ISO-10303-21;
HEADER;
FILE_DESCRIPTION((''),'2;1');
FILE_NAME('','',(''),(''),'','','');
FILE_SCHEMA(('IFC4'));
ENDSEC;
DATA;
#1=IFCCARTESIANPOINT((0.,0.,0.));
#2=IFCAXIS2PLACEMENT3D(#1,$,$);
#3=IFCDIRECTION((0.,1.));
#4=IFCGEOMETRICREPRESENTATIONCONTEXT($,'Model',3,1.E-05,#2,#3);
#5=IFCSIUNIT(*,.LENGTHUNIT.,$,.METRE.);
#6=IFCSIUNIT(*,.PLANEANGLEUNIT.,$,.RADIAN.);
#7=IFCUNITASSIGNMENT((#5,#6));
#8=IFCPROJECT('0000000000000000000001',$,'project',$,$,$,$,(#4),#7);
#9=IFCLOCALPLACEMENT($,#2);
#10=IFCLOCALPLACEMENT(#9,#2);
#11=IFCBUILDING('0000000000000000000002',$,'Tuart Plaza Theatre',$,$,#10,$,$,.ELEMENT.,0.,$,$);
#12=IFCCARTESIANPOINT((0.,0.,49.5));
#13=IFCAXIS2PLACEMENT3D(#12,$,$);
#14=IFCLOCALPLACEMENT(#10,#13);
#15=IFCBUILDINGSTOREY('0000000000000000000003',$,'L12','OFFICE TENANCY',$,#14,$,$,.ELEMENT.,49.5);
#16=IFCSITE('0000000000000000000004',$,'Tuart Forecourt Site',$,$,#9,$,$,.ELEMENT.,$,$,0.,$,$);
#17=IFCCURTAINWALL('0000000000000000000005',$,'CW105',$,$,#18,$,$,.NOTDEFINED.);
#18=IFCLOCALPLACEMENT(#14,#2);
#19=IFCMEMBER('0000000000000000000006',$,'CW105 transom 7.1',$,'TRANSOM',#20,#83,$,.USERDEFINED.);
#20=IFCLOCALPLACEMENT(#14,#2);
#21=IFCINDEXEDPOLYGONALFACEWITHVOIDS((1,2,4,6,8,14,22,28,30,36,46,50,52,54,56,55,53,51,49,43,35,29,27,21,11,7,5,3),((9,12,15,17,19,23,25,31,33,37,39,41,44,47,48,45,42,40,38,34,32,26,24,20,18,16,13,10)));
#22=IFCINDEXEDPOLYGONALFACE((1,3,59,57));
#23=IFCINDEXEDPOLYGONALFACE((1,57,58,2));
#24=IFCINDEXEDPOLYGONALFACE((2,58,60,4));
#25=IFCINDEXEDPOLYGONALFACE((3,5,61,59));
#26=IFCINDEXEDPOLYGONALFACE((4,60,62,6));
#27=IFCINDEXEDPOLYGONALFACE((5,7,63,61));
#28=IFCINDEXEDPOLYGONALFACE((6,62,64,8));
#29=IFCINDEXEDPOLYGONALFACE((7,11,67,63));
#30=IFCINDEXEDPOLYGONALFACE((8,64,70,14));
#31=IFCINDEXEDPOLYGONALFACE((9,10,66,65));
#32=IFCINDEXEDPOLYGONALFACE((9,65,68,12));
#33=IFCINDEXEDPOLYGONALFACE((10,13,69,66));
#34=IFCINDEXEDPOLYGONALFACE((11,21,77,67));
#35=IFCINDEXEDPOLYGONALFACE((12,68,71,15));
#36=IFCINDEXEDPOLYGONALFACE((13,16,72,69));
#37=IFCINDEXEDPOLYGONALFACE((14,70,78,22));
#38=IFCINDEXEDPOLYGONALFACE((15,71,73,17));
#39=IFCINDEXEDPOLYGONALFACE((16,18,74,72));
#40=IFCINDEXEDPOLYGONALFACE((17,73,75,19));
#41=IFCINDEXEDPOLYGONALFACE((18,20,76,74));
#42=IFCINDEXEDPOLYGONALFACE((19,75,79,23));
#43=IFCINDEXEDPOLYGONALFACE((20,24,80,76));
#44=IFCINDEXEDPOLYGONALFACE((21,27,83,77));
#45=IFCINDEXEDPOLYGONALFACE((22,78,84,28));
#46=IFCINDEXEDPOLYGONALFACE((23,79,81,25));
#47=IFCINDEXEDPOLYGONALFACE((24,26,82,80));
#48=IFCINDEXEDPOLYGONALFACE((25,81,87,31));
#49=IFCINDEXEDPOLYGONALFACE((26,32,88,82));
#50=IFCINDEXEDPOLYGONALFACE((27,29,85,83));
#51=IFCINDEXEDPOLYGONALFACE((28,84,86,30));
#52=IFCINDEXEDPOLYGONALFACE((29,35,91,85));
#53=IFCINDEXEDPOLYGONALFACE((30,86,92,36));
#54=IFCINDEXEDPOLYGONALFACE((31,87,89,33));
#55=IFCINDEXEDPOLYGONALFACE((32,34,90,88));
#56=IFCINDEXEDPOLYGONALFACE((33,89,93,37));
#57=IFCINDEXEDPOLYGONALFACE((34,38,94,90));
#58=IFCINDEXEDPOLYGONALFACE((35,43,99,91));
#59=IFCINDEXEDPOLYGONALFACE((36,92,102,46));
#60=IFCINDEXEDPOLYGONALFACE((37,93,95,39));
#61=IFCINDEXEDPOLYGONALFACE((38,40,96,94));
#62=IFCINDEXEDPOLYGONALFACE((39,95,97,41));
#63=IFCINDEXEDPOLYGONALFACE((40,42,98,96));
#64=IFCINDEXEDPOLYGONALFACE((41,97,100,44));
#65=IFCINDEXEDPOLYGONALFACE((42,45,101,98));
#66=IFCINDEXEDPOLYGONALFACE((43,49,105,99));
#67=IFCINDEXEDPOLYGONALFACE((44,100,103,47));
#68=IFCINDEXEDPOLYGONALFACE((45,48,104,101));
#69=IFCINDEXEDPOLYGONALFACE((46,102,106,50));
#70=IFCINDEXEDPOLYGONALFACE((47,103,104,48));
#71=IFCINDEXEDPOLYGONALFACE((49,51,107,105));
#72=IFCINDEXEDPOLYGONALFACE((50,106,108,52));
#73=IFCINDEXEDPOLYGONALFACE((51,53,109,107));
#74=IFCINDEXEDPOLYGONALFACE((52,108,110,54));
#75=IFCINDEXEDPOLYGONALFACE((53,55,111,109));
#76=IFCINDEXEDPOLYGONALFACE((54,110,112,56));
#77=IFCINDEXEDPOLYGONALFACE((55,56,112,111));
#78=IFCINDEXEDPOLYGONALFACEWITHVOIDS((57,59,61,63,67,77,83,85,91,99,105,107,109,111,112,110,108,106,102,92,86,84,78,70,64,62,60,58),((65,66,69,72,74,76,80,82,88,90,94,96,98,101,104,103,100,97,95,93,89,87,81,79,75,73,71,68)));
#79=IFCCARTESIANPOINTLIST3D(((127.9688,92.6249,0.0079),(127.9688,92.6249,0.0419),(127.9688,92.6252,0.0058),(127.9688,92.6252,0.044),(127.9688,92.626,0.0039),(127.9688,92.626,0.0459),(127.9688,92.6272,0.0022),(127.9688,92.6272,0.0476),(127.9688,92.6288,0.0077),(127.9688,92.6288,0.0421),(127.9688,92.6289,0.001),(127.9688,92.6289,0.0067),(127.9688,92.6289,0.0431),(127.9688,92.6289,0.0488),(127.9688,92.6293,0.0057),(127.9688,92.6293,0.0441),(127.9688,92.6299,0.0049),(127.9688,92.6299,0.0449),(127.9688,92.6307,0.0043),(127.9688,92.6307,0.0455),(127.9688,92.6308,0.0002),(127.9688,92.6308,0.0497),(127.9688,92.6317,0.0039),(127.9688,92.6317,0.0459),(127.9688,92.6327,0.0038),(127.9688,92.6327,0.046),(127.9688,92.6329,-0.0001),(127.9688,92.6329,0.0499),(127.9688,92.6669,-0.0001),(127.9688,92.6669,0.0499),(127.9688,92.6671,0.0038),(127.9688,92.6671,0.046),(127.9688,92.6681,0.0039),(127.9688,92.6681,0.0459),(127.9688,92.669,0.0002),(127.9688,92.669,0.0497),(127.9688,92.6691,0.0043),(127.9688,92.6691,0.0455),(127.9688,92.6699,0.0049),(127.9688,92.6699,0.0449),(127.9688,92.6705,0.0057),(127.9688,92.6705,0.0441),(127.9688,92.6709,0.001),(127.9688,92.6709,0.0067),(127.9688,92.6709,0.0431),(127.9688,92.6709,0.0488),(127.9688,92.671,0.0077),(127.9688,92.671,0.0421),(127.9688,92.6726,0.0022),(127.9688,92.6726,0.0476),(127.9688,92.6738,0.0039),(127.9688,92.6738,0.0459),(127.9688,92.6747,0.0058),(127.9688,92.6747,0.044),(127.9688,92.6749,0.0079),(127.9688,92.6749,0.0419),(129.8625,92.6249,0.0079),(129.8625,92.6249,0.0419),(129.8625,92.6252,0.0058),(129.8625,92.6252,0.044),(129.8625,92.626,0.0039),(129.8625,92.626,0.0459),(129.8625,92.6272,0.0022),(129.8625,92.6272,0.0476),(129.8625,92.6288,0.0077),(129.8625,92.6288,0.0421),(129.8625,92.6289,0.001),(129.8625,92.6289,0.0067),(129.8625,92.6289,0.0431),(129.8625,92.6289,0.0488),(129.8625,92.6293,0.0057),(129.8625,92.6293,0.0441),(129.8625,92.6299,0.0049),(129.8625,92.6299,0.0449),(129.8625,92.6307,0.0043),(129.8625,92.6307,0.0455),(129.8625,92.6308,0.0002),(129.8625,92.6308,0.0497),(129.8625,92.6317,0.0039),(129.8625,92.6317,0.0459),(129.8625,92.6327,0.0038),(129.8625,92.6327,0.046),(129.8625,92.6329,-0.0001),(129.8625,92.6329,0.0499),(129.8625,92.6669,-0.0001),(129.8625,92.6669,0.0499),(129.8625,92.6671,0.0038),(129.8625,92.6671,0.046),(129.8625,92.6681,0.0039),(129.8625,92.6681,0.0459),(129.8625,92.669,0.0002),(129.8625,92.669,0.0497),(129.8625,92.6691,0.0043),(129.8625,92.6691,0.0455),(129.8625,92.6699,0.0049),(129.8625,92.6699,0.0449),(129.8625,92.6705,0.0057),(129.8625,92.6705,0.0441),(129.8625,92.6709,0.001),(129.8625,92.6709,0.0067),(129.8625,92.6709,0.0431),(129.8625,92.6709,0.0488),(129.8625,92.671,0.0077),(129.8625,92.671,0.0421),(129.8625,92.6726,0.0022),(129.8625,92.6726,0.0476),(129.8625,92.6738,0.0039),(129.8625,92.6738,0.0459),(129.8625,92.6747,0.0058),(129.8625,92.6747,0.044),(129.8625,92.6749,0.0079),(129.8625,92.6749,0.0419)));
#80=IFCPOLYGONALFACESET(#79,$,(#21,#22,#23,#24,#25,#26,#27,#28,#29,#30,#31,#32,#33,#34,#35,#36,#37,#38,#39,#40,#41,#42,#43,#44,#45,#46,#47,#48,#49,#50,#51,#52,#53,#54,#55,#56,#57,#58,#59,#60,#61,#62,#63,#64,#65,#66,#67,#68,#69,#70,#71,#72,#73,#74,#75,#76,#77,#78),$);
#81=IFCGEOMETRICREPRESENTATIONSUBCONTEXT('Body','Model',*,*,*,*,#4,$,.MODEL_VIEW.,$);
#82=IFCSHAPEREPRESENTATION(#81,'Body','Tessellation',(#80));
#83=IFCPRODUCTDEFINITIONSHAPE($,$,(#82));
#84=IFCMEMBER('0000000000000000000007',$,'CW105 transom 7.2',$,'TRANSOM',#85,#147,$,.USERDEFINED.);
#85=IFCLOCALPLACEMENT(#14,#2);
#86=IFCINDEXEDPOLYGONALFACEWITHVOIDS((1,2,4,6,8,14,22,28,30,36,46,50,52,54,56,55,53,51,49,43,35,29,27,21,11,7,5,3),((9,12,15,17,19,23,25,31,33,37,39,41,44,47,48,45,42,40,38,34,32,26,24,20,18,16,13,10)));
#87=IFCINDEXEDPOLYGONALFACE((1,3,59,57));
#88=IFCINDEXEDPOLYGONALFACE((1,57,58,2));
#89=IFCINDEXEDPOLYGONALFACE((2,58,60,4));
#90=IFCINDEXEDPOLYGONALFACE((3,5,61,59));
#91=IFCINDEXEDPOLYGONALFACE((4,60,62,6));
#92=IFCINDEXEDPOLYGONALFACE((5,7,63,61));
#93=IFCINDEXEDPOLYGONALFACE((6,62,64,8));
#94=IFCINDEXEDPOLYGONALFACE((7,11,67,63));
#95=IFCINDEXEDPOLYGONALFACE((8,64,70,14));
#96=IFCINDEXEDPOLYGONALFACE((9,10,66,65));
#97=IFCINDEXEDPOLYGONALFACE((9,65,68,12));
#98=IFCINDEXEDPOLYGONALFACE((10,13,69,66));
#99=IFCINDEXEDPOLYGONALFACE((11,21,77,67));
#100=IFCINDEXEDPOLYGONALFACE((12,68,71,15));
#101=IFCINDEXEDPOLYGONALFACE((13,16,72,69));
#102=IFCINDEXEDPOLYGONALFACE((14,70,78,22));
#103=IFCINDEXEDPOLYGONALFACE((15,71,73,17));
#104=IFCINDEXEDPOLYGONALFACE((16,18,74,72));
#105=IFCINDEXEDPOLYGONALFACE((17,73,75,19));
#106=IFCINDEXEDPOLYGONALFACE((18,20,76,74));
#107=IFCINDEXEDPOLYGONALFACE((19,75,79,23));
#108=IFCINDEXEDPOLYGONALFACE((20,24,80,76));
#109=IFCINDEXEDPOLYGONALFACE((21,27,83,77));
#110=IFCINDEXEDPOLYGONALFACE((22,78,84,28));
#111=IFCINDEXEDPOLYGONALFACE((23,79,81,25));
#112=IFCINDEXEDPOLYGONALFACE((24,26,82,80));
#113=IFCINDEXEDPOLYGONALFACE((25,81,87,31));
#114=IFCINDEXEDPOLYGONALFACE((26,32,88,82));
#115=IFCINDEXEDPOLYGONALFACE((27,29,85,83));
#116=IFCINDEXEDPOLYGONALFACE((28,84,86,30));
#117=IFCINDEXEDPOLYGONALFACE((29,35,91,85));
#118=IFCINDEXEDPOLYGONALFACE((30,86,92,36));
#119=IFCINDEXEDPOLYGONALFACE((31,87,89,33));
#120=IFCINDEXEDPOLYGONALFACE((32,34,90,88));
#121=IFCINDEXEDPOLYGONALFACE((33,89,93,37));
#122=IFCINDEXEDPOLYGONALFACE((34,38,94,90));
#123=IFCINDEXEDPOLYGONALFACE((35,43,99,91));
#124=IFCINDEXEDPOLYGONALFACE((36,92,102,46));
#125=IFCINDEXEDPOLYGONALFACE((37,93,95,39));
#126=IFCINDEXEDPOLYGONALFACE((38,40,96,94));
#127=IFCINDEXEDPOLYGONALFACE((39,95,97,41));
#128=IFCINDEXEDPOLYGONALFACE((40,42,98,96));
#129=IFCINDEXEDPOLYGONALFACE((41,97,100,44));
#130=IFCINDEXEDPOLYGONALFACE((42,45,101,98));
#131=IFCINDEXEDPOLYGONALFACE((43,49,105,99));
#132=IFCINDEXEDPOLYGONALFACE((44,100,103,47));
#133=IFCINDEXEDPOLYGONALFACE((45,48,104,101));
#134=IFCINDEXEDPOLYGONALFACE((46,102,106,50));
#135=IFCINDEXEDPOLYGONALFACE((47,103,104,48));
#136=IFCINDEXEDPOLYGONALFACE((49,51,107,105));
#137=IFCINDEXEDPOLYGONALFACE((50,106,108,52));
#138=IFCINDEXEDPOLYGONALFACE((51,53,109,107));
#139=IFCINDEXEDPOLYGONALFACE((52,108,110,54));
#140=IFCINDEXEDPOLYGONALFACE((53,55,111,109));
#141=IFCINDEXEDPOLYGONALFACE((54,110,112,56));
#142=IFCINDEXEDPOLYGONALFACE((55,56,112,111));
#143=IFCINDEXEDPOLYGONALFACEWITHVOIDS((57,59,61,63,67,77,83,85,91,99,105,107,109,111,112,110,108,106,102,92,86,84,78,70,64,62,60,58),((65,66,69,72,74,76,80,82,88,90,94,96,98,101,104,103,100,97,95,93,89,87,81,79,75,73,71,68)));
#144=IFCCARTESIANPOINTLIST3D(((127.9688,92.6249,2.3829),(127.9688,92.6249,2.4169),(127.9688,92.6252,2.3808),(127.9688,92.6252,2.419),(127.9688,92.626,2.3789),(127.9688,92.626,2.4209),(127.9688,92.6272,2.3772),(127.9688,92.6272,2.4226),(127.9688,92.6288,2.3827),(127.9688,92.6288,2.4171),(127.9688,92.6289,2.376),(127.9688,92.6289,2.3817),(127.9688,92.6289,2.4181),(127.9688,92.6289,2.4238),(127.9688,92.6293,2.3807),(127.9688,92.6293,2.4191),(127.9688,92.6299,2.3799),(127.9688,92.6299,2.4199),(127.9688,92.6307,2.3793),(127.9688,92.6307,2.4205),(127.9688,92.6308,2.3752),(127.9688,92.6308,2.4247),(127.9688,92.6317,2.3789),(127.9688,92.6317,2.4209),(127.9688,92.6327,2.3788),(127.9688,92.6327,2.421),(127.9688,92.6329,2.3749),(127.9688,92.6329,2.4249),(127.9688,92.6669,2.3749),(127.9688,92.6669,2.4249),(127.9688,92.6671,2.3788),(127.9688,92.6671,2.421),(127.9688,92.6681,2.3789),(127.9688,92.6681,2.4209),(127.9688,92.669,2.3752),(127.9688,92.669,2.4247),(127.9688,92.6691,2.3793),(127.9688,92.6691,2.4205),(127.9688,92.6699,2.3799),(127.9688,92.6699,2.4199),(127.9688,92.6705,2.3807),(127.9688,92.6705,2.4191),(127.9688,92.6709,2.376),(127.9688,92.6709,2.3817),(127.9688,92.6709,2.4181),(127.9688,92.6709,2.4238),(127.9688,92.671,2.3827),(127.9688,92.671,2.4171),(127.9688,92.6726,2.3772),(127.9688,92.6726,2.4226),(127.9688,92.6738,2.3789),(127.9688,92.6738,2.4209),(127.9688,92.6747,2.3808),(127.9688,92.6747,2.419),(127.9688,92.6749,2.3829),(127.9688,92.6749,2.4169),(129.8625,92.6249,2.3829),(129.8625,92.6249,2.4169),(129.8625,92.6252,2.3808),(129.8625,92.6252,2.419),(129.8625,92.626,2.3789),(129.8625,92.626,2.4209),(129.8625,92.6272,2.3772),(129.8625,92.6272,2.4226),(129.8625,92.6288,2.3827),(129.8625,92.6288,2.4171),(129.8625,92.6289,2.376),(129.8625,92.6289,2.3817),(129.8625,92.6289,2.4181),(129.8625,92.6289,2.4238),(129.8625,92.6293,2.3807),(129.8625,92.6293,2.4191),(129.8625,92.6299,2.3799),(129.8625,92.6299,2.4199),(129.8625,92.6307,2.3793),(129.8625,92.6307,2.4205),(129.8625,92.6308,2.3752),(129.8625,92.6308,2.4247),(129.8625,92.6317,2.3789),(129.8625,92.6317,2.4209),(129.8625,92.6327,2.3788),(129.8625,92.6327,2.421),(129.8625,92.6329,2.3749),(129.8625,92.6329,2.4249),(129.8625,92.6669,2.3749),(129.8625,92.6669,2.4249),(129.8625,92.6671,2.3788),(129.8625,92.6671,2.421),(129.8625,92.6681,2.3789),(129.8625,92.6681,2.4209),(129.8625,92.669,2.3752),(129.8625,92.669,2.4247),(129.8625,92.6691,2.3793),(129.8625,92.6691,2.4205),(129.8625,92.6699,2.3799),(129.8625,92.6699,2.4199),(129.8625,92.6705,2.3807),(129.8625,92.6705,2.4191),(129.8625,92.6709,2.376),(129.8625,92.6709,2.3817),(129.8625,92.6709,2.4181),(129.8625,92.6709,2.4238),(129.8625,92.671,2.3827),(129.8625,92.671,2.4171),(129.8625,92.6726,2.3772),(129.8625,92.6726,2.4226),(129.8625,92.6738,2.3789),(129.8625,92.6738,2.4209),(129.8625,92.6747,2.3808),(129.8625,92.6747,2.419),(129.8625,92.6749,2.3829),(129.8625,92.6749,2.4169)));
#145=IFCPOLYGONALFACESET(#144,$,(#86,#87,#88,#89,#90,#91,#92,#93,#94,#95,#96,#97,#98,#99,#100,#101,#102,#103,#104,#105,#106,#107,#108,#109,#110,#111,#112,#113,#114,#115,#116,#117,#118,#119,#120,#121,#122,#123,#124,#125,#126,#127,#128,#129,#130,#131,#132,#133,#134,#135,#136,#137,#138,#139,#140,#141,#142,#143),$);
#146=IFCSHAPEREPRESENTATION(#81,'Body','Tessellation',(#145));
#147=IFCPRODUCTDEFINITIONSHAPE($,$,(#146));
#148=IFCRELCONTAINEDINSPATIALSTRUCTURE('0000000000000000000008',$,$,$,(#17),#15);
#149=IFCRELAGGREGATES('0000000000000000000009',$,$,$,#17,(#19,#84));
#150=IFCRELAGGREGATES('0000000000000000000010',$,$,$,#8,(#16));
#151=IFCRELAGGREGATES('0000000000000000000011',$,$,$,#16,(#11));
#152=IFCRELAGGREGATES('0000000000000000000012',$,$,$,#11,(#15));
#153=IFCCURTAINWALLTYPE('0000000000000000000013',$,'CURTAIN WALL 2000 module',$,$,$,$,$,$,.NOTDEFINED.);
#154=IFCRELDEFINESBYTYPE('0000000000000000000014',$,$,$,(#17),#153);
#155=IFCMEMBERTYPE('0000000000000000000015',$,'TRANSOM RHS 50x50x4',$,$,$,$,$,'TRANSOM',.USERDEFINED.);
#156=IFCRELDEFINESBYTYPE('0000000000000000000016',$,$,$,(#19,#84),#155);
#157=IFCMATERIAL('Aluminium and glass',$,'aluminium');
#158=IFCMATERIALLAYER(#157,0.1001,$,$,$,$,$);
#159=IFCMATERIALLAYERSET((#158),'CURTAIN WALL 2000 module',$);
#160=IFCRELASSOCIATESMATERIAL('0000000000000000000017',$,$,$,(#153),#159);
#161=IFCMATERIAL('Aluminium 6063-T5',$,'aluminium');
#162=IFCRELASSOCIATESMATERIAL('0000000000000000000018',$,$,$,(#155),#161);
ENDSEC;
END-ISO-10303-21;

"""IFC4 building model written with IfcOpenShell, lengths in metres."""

from ifc_helpers import new_model, si_unit, direction, frame, origin, origin_2d, place, context, subcontext, project, spatial, hollow_rectangle, extrude, material, layer, layer_set, material_profile, profile_set, type_object, element, aggregate, save


model = new_model("IFC4")

# Units and contexts
model_context = context("Model", 3, precision=1e-05, world=origin(), true_north=direction((0.0, 1.0)))
body_context = subcontext(model_context, "Body", "Model", "MODEL_VIEW")
ifc_project = project(units=[si_unit("LENGTHUNIT", "METRE"), si_unit("PLANEANGLEUNIT", "RADIAN")], contexts=[model_context])

# Site, building, storey
site_placement = place(None, origin())
site = spatial("IfcSite", under=ifc_project, at=site_placement, Name="Tuart Forecourt Site", CompositionType="ELEMENT", RefElevation=0.0)
building_placement = place(site_placement, origin())
building = spatial("IfcBuilding", under=site, at=building_placement, Name="Tuart Plaza Theatre", CompositionType="ELEMENT", ElevationOfRefHeight=0.0)
storey_placement = place(building_placement, frame((0.0, 0.0, 49.5)))
storey = spatial("IfcBuildingStorey", under=building, at=storey_placement, Name="L12", Description="OFFICE TENANCY", CompositionType="ELEMENT", Elevation=49.5)

# Curtain wall, members
ifc_material_1 = material(Name="Aluminium and glass", Category="aluminium")
ifc_layer_1 = layer(ifc_material_1, 0.1001)
ifc_layer_set_1 = layer_set([ifc_layer_1], Name="CURTAIN WALL 2000 module")
curtain_wall_type = type_object("IfcCurtainWallType", Name="CURTAIN WALL 2000 module", PredefinedType="NOTDEFINED", material=ifc_layer_set_1)
curtain_wall_placement = place(storey_placement, origin())
curtain_wall = element("IfcCurtainWall", 1, at=curtain_wall_placement, inside=storey, type_object=curtain_wall_type, Name="CW105", PredefinedType="NOTDEFINED")
ifc_material_2 = material(Name="Aluminium 6063-T5", Category="aluminium")
ifc_material_profile_1 = material_profile(ifc_material_2, hollow_rectangle(XDim=0.05, YDim=0.05, WallThickness=0.0039, InnerFilletRadius=0.0039, OuterFilletRadius=0.0081, at=origin_2d()), Name="RHS 50x50x4")
ifc_profile_set_1 = profile_set([ifc_material_profile_1], Name="Aluminium 6063-T5")
member_type_1 = type_object("IfcMemberType", Name="TRANSOM RHS 50x50x4", ElementType="TRANSOM", PredefinedType="USERDEFINED", material=ifc_profile_set_1)
member_1_placement = place(storey_placement, frame((129.8625, 92.6499, 0.0249), z_axis=(-1.0, 0.0, 0.0), x_axis=(0.0, -1.0, 0.0)))
member_1 = element("IfcMember", 2, at=member_1_placement, type_object=member_type_1, Name="CW105 transom 7.1", ObjectType="TRANSOM", PredefinedType="USERDEFINED", context=body_context, shape_type="SweptSolid", body=[
    extrude(hollow_rectangle(XDim=0.05, YDim=0.05, WallThickness=0.0039, InnerFilletRadius=0.0039, OuterFilletRadius=0.0081, at=origin_2d()), origin(), (0.0, 0.0, 1.0), 1.8938),
])
member_2_placement = place(storey_placement, frame((129.8625, 92.6499, 2.3999), z_axis=(-1.0, 0.0, 0.0), x_axis=(0.0, -1.0, 0.0)))
member_2 = element("IfcMember", 3, at=member_2_placement, type_object=member_type_1, Name="CW105 transom 7.2", ObjectType="TRANSOM", PredefinedType="USERDEFINED", context=body_context, shape_type="SweptSolid", body=[
    extrude(hollow_rectangle(XDim=0.05, YDim=0.05, WallThickness=0.0039, InnerFilletRadius=0.0039, OuterFilletRadius=0.0081, at=origin_2d()), origin(), (0.0, 0.0, 1.0), 1.8938),
])
aggregate(curtain_wall, [member_1, member_2])

save(model, "model.ifc")
